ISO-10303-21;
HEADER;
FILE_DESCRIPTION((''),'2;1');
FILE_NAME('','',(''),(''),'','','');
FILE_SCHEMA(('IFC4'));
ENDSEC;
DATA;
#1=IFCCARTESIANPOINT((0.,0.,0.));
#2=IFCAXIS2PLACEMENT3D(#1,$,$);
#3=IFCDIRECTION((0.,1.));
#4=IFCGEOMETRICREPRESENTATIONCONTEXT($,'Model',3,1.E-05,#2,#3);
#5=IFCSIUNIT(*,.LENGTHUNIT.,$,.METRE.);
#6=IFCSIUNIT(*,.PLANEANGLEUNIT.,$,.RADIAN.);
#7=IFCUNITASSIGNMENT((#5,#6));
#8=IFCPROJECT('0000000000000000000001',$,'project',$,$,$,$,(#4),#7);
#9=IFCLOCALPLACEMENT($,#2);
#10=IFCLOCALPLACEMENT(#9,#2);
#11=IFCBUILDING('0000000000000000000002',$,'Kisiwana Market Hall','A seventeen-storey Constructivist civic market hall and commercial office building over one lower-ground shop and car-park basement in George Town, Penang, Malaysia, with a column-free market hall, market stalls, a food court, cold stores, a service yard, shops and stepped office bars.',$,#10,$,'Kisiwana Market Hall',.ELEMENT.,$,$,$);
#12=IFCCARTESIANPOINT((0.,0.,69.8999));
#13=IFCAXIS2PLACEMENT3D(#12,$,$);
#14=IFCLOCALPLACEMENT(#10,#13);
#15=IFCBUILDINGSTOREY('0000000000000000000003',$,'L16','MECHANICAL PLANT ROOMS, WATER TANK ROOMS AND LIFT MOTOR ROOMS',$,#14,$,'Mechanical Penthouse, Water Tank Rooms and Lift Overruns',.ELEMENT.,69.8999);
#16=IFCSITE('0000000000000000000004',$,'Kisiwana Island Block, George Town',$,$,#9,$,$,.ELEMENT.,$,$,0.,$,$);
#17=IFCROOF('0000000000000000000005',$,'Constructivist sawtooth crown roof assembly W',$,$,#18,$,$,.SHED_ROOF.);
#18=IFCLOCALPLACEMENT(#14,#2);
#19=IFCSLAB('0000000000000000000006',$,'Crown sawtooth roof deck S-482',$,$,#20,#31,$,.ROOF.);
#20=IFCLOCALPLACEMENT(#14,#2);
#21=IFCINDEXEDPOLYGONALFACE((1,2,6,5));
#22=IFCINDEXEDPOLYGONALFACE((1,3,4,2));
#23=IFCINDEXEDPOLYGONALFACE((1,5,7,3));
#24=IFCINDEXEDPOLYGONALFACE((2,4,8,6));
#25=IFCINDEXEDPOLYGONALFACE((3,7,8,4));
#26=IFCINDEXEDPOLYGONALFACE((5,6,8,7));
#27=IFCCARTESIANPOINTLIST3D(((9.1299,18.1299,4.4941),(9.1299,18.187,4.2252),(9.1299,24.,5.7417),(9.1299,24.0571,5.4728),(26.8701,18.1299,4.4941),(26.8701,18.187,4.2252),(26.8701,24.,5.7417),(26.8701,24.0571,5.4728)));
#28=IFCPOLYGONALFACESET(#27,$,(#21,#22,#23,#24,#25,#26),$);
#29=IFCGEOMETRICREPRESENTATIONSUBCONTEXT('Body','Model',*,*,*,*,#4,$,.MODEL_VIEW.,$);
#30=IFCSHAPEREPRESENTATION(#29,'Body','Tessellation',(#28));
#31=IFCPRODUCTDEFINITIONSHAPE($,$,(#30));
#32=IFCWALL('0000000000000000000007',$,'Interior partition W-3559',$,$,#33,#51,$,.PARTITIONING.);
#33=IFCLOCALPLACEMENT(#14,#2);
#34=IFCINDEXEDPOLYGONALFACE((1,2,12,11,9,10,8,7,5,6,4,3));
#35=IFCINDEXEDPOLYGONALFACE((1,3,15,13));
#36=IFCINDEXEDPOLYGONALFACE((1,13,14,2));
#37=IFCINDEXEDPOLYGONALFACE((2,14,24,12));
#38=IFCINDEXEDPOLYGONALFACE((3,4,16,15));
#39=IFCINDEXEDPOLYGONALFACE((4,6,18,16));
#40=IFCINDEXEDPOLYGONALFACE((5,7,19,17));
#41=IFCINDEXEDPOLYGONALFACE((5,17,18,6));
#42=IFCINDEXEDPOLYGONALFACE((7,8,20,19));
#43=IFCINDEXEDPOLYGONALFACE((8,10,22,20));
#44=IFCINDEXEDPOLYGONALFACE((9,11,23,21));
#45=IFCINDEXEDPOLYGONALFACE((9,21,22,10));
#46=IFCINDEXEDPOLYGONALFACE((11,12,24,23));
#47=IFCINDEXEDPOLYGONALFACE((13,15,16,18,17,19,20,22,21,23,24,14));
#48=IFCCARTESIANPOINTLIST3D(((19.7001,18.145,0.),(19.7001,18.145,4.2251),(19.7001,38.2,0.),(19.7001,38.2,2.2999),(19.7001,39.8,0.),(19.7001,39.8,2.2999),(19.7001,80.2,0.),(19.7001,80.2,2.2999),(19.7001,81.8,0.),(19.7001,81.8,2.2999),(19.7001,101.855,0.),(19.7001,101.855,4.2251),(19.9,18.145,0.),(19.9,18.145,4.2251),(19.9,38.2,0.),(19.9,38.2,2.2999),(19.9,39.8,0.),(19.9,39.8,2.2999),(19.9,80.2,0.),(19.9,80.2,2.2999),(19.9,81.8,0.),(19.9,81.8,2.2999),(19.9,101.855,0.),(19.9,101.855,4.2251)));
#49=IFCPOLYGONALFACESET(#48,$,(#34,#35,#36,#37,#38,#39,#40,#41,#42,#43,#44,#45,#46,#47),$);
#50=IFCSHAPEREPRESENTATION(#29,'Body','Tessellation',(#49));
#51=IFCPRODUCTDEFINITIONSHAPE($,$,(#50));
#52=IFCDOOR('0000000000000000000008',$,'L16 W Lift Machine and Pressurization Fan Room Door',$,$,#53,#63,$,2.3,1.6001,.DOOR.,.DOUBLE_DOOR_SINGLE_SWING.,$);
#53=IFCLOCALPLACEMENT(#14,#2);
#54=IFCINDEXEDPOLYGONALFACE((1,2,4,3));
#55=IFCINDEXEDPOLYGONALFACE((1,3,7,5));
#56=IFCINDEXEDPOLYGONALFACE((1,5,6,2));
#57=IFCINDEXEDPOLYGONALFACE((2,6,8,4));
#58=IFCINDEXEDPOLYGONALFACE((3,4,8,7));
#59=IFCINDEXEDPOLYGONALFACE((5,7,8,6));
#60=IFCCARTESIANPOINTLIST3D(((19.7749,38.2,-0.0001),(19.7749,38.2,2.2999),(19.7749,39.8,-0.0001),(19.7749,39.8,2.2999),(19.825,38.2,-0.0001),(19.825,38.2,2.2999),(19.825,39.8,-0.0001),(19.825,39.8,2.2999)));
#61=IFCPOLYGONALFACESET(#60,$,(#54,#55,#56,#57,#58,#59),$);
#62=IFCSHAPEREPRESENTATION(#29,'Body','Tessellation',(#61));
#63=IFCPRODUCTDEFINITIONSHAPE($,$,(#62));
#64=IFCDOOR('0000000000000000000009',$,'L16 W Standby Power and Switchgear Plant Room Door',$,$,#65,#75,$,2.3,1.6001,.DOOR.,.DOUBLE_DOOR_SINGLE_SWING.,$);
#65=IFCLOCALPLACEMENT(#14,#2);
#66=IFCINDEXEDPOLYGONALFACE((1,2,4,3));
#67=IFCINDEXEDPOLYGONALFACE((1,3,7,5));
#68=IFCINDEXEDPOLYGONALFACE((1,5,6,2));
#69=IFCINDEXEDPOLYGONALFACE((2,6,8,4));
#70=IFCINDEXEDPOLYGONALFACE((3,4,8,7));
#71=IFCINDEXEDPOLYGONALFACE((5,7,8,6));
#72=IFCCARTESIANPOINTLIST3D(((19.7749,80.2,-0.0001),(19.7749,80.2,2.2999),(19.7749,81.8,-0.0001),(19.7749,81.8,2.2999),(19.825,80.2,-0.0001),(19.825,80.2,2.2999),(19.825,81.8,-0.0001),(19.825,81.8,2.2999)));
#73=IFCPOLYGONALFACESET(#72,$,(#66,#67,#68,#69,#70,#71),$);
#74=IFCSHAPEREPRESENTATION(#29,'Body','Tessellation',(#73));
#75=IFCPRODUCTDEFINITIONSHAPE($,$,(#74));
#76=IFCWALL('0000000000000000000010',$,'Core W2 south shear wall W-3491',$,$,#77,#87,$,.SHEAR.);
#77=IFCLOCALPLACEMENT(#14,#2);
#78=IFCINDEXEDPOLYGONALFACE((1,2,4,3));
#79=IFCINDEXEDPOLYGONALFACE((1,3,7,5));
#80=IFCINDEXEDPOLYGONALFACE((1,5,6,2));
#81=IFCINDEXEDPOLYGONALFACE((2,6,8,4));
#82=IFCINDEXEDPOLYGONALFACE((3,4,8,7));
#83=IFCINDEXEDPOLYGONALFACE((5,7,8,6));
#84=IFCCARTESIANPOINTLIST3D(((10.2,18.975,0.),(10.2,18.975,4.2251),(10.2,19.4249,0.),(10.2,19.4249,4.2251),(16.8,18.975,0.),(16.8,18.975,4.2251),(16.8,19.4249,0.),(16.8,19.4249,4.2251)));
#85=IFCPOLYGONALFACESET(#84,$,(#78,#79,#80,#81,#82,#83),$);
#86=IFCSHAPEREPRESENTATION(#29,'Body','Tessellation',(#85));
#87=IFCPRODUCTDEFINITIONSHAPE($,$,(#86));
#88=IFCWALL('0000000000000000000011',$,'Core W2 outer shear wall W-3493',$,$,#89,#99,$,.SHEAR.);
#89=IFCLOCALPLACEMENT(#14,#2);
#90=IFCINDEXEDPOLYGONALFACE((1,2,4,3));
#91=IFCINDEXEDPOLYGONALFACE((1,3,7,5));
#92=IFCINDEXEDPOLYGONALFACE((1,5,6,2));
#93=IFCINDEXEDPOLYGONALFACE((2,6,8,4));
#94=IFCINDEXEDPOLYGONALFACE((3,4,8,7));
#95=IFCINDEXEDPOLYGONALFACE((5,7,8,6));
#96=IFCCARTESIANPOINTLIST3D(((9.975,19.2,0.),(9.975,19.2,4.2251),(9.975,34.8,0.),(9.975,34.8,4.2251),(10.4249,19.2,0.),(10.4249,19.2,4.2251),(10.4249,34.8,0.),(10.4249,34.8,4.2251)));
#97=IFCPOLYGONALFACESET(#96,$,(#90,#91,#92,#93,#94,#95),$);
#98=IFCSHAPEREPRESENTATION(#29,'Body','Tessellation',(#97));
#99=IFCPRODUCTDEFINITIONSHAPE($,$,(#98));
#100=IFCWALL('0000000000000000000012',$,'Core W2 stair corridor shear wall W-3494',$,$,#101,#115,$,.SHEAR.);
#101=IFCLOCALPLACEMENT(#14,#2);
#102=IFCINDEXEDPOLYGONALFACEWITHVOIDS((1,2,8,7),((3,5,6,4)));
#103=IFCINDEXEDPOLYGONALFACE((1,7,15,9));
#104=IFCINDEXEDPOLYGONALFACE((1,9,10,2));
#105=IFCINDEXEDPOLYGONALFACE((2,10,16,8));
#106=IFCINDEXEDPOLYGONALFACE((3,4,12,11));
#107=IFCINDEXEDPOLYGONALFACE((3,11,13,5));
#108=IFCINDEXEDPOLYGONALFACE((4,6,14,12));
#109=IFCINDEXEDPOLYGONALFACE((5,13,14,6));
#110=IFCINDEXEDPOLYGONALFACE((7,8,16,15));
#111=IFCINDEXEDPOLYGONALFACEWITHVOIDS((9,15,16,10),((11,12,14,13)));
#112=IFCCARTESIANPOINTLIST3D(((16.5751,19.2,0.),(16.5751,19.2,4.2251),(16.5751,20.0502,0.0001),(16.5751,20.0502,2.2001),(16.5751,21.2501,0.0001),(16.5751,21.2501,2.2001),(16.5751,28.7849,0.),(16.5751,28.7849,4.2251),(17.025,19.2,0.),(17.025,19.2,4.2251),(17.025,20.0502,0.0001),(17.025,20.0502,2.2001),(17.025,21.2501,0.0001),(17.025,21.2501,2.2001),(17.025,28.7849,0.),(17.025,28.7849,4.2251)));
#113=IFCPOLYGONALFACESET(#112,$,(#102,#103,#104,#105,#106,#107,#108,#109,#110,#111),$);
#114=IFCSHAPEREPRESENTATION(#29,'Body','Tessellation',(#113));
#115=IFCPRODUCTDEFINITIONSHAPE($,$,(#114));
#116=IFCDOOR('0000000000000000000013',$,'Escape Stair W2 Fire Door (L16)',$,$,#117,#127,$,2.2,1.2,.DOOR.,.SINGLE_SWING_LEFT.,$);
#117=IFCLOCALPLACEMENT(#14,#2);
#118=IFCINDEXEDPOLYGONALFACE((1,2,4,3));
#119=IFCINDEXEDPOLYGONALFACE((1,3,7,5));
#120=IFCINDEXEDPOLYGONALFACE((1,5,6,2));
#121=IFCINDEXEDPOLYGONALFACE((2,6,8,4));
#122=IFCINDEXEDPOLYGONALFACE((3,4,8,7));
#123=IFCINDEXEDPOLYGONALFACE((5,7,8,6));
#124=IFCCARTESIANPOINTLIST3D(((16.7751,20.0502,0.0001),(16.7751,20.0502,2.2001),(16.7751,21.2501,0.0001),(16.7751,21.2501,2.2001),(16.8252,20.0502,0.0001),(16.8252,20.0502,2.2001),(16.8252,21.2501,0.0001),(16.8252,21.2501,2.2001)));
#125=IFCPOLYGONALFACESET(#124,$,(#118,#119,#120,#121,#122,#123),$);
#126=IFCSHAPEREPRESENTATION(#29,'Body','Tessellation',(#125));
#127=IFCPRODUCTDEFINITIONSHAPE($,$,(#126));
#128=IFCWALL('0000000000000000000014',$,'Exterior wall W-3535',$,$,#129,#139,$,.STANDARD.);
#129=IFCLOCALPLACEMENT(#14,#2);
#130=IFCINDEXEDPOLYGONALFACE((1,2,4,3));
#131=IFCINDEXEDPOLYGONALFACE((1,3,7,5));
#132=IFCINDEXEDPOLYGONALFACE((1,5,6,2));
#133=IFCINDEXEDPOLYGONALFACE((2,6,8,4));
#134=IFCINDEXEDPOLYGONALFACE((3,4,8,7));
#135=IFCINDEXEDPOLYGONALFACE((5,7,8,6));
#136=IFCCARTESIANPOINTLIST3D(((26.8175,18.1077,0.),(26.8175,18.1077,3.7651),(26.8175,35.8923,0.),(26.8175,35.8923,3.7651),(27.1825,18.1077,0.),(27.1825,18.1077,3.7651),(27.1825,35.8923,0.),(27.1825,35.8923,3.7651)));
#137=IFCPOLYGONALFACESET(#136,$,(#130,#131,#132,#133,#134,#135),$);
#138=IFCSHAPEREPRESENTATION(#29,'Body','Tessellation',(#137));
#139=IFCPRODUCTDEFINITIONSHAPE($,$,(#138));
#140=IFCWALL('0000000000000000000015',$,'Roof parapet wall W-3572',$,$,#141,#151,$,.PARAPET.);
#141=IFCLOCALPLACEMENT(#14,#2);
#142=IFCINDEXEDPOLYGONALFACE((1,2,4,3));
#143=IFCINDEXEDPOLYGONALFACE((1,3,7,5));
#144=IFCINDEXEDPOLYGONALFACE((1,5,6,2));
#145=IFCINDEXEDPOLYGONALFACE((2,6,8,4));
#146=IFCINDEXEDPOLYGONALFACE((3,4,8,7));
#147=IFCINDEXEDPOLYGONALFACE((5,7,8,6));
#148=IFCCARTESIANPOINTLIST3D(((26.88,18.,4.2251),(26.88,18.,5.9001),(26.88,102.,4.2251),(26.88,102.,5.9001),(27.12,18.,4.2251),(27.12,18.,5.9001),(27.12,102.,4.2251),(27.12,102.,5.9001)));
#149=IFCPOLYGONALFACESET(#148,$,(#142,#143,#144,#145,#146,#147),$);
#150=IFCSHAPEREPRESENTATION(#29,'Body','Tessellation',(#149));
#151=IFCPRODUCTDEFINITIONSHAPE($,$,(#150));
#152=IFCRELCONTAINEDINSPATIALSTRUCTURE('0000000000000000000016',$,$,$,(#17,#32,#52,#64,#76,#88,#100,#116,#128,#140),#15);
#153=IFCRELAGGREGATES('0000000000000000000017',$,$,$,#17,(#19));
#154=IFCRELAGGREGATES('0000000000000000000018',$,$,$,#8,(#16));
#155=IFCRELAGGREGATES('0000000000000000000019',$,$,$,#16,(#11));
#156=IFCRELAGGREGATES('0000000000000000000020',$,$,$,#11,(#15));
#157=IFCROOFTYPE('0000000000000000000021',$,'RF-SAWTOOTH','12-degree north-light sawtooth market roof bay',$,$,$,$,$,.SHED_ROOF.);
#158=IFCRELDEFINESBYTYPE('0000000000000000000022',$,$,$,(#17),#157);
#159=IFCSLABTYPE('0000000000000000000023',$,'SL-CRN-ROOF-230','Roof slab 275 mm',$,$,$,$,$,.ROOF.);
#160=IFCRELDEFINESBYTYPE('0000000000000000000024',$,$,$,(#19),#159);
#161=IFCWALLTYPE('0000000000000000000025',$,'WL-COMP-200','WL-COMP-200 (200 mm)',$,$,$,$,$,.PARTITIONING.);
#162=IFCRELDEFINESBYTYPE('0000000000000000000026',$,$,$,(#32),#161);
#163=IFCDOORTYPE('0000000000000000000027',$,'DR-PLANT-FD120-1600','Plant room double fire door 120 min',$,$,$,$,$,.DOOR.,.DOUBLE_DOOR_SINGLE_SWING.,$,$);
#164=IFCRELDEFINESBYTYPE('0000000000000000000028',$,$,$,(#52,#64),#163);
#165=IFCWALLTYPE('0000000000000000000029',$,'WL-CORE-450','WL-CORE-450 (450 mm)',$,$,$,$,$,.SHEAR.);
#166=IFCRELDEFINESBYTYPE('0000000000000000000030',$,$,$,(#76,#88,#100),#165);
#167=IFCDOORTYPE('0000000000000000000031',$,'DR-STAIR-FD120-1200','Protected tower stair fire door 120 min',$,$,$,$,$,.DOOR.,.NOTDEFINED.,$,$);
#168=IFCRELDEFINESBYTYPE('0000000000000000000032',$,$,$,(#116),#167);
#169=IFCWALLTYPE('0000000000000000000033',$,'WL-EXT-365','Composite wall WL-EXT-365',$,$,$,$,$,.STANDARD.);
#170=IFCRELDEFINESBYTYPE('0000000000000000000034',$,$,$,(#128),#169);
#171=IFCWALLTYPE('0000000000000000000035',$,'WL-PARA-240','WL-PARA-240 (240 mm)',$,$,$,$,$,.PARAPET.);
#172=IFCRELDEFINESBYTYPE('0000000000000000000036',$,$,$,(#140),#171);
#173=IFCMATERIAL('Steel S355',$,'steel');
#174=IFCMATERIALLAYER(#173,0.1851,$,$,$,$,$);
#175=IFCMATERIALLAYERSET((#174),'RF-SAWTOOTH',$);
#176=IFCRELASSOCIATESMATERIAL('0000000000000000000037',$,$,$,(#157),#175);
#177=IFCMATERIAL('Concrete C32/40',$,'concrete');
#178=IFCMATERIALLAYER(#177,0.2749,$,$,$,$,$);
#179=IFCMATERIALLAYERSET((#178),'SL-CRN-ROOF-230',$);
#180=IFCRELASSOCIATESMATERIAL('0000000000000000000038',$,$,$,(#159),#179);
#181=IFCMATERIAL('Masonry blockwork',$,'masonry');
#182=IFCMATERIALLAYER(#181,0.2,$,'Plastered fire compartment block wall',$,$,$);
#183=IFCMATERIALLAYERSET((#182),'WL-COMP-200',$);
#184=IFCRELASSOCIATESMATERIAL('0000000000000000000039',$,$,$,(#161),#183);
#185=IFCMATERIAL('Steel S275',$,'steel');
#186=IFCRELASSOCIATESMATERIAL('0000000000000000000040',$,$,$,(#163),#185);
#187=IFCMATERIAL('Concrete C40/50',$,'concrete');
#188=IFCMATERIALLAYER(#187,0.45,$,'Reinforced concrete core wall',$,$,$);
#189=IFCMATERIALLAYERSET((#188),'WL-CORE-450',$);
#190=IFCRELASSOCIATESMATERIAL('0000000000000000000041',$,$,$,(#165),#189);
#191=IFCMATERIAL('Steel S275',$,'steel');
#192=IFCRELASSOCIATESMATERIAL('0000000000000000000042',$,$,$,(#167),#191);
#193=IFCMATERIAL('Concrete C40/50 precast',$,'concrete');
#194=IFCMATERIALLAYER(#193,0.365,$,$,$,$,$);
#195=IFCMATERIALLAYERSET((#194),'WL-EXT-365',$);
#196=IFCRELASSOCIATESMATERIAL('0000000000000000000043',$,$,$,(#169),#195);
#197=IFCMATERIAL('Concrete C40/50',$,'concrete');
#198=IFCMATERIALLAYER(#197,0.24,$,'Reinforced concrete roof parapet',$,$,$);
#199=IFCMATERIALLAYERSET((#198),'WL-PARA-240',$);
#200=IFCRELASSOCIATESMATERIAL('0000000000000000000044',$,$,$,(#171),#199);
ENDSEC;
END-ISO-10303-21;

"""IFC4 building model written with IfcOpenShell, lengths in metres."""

from ifc_helpers import new_model, si_unit, direction, frame, frame_2d, origin, place, context, subcontext, project, spatial, polyline, rectangle, outline, extrude, material, layer, layer_set, type_object, element, fill, aggregate, save


model = new_model("IFC4")

# Units and contexts
model_context = context("Model", 3, precision=1e-05, world=origin(), true_north=direction((0.0, 1.0)))
body_context = subcontext(model_context, "Body", "Model", "MODEL_VIEW")
ifc_project = project(units=[si_unit("LENGTHUNIT", "METRE"), si_unit("PLANEANGLEUNIT", "RADIAN")], contexts=[model_context])

# Site, building, storey
site_placement = place(None, origin())
site = spatial("IfcSite", under=ifc_project, at=site_placement, Name="Kisiwana Island Block, George Town", CompositionType="ELEMENT", RefElevation=0.0)
building_placement = place(site_placement, origin())
building = spatial("IfcBuilding", under=site, at=building_placement, Name="Kisiwana Market Hall", Description="A seventeen-storey Constructivist civic market hall and commercial office building over one lower-ground shop and car-park basement in George Town, Penang, Malaysia, with a column-free market hall, market stalls, a food court, cold stores, a service yard, shops and stepped office bars.", LongName="Kisiwana Market Hall", CompositionType="ELEMENT")
storey_placement = place(building_placement, frame((0.0, 0.0, 69.8999)))
storey = spatial("IfcBuildingStorey", under=building, at=storey_placement, Name="L16", Description="MECHANICAL PLANT ROOMS, WATER TANK ROOMS AND LIFT MOTOR ROOMS", LongName="Mechanical Penthouse, Water Tank Rooms and Lift Overruns", CompositionType="ELEMENT", Elevation=69.8999)

# Roof, slab
ifc_material_1 = material(Name="Steel S355", Category="steel")
ifc_layer_1 = layer(ifc_material_1, 0.1851)
ifc_layer_set_1 = layer_set([ifc_layer_1], Name="RF-SAWTOOTH")
roof_type = type_object("IfcRoofType", Name="RF-SAWTOOTH", Description="12-degree north-light sawtooth market roof bay", PredefinedType="SHED_ROOF", material=ifc_layer_set_1)
roof_placement = place(storey_placement, origin())
roof = element("IfcRoof", 1, at=roof_placement, inside=storey, type_object=roof_type, Name="Constructivist sawtooth crown roof assembly W", PredefinedType="SHED_ROOF")
ifc_material_2 = material(Name="Concrete C32/40", Category="concrete")
ifc_layer_2 = layer(ifc_material_2, 0.2749)
ifc_layer_set_2 = layer_set([ifc_layer_2], Name="SL-CRN-ROOF-230")
slab_type = type_object("IfcSlabType", Name="SL-CRN-ROOF-230", Description="Roof slab 275 mm", PredefinedType="ROOF", material=ifc_layer_set_2)
slab_placement = place(storey_placement, frame((9.1299, 18.1299, 4.4941), z_axis=(0.0, -0.207884, 0.978153), x_axis=(1.0, 0.0, 0.0)))
slab = element("IfcSlab", 2, at=slab_placement, type_object=slab_type, Name="Crown sawtooth roof deck S-482", PredefinedType="ROOF", context=body_context, shape_type="SweptSolid", body=[
    extrude(outline(polyline([(0.0, 0.0), (17.7402, 0.0), (17.7402, 6.0012), (0.0, 6.0012), (0.0, 0.0)])), origin(), (0.0, 0.0, -1.0), 0.2749),
])
aggregate(roof, [slab])

# Wall, openings, doors
ifc_material_3 = material(Name="Masonry blockwork", Category="masonry")
ifc_layer_3 = layer(ifc_material_3, 0.2, Name="Plastered fire compartment block wall")
ifc_layer_set_3 = layer_set([ifc_layer_3], Name="WL-COMP-200")
wall_type_1 = type_object("IfcWallType", Name="WL-COMP-200", Description="WL-COMP-200 (200 mm)", PredefinedType="PARTITIONING", material=ifc_layer_set_3)
wall_1_placement = place(storey_placement, frame((19.8, 18.145, 0.0), z_axis=(0.0, 0.0, 1.0), x_axis=(0.0, 1.0, 0.0)))
wall_1 = element("IfcWall", 3, at=wall_1_placement, inside=storey, type_object=wall_type_1, Name="Interior partition W-3559", PredefinedType="PARTITIONING", context=body_context, shape_type="SweptSolid", body=[
    extrude(rectangle(XDim=83.71, YDim=0.2, at=frame_2d((41.855, 0.0))), origin(), (0.0, 0.0, 1.0), 4.2251),
])
opening_1_placement = place(wall_1_placement, frame((20.0549, 0.0, 0.0)))
opening_1 = element("IfcOpeningElement", 4, at=opening_1_placement, cuts=wall_1, PredefinedType="OPENING", context=body_context, shape_type="SweptSolid", body=[
    extrude(rectangle(XDim=1.6001, YDim=2.3, at=frame_2d((0.8, 1.1499))), frame((0.0, 0.1118, 0.0), z_axis=(0.0, -1.0, 0.0), x_axis=(1.0, 0.0, 0.0)), (0.0, 0.0, 1.0), 0.2239),
])
opening_2_placement = place(wall_1_placement, frame((62.0549, 0.0, 0.0)))
opening_2 = element("IfcOpeningElement", 5, at=opening_2_placement, cuts=wall_1, PredefinedType="OPENING", context=body_context, shape_type="SweptSolid", body=[
    extrude(rectangle(XDim=1.6001, YDim=2.3, at=frame_2d((0.8, 1.1499))), frame((0.0, 0.1118, 0.0), z_axis=(0.0, -1.0, 0.0), x_axis=(1.0, 0.0, 0.0)), (0.0, 0.0, 1.0), 0.2239),
])
ifc_material_4 = material(Name="Steel S275", Category="steel")
door_type_1 = type_object("IfcDoorType", Name="DR-PLANT-FD120-1600", Description="Plant room double fire door 120 min", OperationType="DOUBLE_DOOR_SINGLE_SWING", PredefinedType="DOOR", material=ifc_material_4)
door_1_placement = place(opening_1_placement, frame((1.6001, 0.0, 0.0), z_axis=(0.0, 0.0, 1.0), x_axis=(-1.0, 0.0, 0.0)))
door_1 = element("IfcDoor", 6, at=door_1_placement, inside=storey, type_object=door_type_1, Name="L16 W Lift Machine and Pressurization Fan Room Door", OperationType="DOUBLE_DOOR_SINGLE_SWING", OverallHeight=2.3, OverallWidth=1.6001, PredefinedType="DOOR", context=body_context, shape_type="SweptSolid", body=[
    extrude(rectangle(XDim=1.6001, YDim=2.3, at=frame_2d((0.8, 1.1499))), frame((0.0, 0.0249, 0.0), z_axis=(0.0, -1.0, 0.0), x_axis=(1.0, 0.0, 0.0)), (0.0, 0.0, 1.0), 0.05),
])
fill(opening_1, door_1)
door_2_placement = place(opening_2_placement, frame((1.6001, 0.0, 0.0), z_axis=(0.0, 0.0, 1.0), x_axis=(-1.0, 0.0, 0.0)))
door_2 = element("IfcDoor", 7, at=door_2_placement, inside=storey, type_object=door_type_1, Name="L16 W Standby Power and Switchgear Plant Room Door", OperationType="DOUBLE_DOOR_SINGLE_SWING", OverallHeight=2.3, OverallWidth=1.6001, PredefinedType="DOOR", context=body_context, shape_type="SweptSolid", body=[
    extrude(rectangle(XDim=1.6001, YDim=2.3, at=frame_2d((0.8, 1.1499))), frame((0.0, 0.0249, 0.0), z_axis=(0.0, -1.0, 0.0), x_axis=(1.0, 0.0, 0.0)), (0.0, 0.0, 1.0), 0.05),
])
fill(opening_2, door_2)

# Walls
ifc_material_5 = material(Name="Concrete C40/50", Category="concrete")
ifc_layer_4 = layer(ifc_material_5, 0.45, Name="Reinforced concrete core wall")
ifc_layer_set_4 = layer_set([ifc_layer_4], Name="WL-CORE-450")
wall_type_2 = type_object("IfcWallType", Name="WL-CORE-450", Description="WL-CORE-450 (450 mm)", PredefinedType="SHEAR", material=ifc_layer_set_4)
wall_2_placement = place(storey_placement, frame((10.2, 19.2, 0.0), z_axis=(0.0, 0.0, 1.0), x_axis=(1.0, 0.0, 0.0)))
element("IfcWall", 8, at=wall_2_placement, inside=storey, type_object=wall_type_2, Name="Core W2 south shear wall W-3491", PredefinedType="SHEAR", context=body_context, shape_type="SweptSolid", body=[
    extrude(rectangle(XDim=6.6001, YDim=0.45, at=frame_2d((3.3, 0.0))), origin(), (0.0, 0.0, 1.0), 4.2251),
])
wall_3_placement = place(storey_placement, frame((10.2, 19.2, 0.0), z_axis=(0.0, 0.0, 1.0), x_axis=(0.0, 1.0, 0.0)))
element("IfcWall", 9, at=wall_3_placement, inside=storey, type_object=wall_type_2, Name="Core W2 outer shear wall W-3493", PredefinedType="SHEAR", context=body_context, shape_type="SweptSolid", body=[
    extrude(rectangle(XDim=15.6001, YDim=0.45, at=frame_2d((7.8, 0.0))), origin(), (0.0, 0.0, 1.0), 4.2251),
])

# Wall, opening, door
wall_4_placement = place(storey_placement, frame((16.8, 19.2, 0.0), z_axis=(0.0, 0.0, 1.0), x_axis=(0.0, 1.0, 0.0)))
wall_4 = element("IfcWall", 10, at=wall_4_placement, inside=storey, type_object=wall_type_2, Name="Core W2 stair corridor shear wall W-3494", PredefinedType="SHEAR", context=body_context, shape_type="SweptSolid", body=[
    extrude(rectangle(XDim=9.585, YDim=0.45, at=frame_2d((4.7925, 0.0))), origin(), (0.0, 0.0, 1.0), 4.2251),
])
opening_3_placement = place(wall_4_placement, frame((0.8501, 0.0, 0.0)))
opening_3 = element("IfcOpeningElement", 11, at=opening_3_placement, cuts=wall_4, PredefinedType="OPENING", context=body_context, shape_type="SweptSolid", body=[
    extrude(rectangle(XDim=1.2, YDim=2.2, at=frame_2d((0.6001, 1.1001))), frame((0.0, 0.2368, 0.0), z_axis=(0.0, -1.0, 0.0), x_axis=(1.0, 0.0, 0.0)), (0.0, 0.0, 1.0), 0.4739),
])
ifc_material_6 = material(Name="Steel S275", Category="steel")
door_type_2 = type_object("IfcDoorType", Name="DR-STAIR-FD120-1200", Description="Protected tower stair fire door 120 min", OperationType="NOTDEFINED", PredefinedType="DOOR", material=ifc_material_6)
door_3_placement = place(opening_3_placement, origin())
door_3 = element("IfcDoor", 12, at=door_3_placement, inside=storey, type_object=door_type_2, Name="Escape Stair W2 Fire Door (L16)", OperationType="SINGLE_SWING_LEFT", OverallHeight=2.2, OverallWidth=1.2, PredefinedType="DOOR", context=body_context, shape_type="SweptSolid", body=[
    extrude(rectangle(XDim=1.2, YDim=2.2, at=frame_2d((0.6001, 1.1001))), frame((0.0, 0.0249, 0.0), z_axis=(0.0, -1.0, 0.0), x_axis=(1.0, 0.0, 0.0)), (0.0, 0.0, 1.0), 0.05),
])
fill(opening_3, door_3)

# Walls
ifc_material_7 = material(Name="Concrete C40/50 precast", Category="concrete")
ifc_layer_5 = layer(ifc_material_7, 0.365)
ifc_layer_set_5 = layer_set([ifc_layer_5], Name="WL-EXT-365")
wall_type_3 = type_object("IfcWallType", Name="WL-EXT-365", Description="Composite wall WL-EXT-365", PredefinedType="STANDARD", material=ifc_layer_set_5)
wall_5_placement = place(storey_placement, frame((27.0, 18.1077, 0.0), z_axis=(0.0, 0.0, 1.0), x_axis=(0.0, 1.0, 0.0)))
element("IfcWall", 13, at=wall_5_placement, inside=storey, type_object=wall_type_3, Name="Exterior wall W-3535", PredefinedType="STANDARD", context=body_context, shape_type="SweptSolid", body=[
    extrude(rectangle(XDim=17.7847, YDim=0.365, at=frame_2d((8.8923, 0.0))), origin(), (0.0, 0.0, 1.0), 3.7651),
])
ifc_material_8 = material(Name="Concrete C40/50", Category="concrete")
ifc_layer_6 = layer(ifc_material_8, 0.24, Name="Reinforced concrete roof parapet")
ifc_layer_set_6 = layer_set([ifc_layer_6], Name="WL-PARA-240")
wall_type_4 = type_object("IfcWallType", Name="WL-PARA-240", Description="WL-PARA-240 (240 mm)", PredefinedType="PARAPET", material=ifc_layer_set_6)
wall_6_placement = place(storey_placement, frame((27.0, 18.0, 4.2251), z_axis=(0.0, 0.0, 1.0), x_axis=(0.0, 1.0, 0.0)))
element("IfcWall", 14, at=wall_6_placement, inside=storey, type_object=wall_type_4, Name="Roof parapet wall W-3572", PredefinedType="PARAPET", context=body_context, shape_type="SweptSolid", body=[
    extrude(rectangle(XDim=84.0, YDim=0.24, at=frame_2d((42.0, 0.0))), origin(), (0.0, 0.0, 1.0), 1.675),
])

save(model, "model.ifc")
